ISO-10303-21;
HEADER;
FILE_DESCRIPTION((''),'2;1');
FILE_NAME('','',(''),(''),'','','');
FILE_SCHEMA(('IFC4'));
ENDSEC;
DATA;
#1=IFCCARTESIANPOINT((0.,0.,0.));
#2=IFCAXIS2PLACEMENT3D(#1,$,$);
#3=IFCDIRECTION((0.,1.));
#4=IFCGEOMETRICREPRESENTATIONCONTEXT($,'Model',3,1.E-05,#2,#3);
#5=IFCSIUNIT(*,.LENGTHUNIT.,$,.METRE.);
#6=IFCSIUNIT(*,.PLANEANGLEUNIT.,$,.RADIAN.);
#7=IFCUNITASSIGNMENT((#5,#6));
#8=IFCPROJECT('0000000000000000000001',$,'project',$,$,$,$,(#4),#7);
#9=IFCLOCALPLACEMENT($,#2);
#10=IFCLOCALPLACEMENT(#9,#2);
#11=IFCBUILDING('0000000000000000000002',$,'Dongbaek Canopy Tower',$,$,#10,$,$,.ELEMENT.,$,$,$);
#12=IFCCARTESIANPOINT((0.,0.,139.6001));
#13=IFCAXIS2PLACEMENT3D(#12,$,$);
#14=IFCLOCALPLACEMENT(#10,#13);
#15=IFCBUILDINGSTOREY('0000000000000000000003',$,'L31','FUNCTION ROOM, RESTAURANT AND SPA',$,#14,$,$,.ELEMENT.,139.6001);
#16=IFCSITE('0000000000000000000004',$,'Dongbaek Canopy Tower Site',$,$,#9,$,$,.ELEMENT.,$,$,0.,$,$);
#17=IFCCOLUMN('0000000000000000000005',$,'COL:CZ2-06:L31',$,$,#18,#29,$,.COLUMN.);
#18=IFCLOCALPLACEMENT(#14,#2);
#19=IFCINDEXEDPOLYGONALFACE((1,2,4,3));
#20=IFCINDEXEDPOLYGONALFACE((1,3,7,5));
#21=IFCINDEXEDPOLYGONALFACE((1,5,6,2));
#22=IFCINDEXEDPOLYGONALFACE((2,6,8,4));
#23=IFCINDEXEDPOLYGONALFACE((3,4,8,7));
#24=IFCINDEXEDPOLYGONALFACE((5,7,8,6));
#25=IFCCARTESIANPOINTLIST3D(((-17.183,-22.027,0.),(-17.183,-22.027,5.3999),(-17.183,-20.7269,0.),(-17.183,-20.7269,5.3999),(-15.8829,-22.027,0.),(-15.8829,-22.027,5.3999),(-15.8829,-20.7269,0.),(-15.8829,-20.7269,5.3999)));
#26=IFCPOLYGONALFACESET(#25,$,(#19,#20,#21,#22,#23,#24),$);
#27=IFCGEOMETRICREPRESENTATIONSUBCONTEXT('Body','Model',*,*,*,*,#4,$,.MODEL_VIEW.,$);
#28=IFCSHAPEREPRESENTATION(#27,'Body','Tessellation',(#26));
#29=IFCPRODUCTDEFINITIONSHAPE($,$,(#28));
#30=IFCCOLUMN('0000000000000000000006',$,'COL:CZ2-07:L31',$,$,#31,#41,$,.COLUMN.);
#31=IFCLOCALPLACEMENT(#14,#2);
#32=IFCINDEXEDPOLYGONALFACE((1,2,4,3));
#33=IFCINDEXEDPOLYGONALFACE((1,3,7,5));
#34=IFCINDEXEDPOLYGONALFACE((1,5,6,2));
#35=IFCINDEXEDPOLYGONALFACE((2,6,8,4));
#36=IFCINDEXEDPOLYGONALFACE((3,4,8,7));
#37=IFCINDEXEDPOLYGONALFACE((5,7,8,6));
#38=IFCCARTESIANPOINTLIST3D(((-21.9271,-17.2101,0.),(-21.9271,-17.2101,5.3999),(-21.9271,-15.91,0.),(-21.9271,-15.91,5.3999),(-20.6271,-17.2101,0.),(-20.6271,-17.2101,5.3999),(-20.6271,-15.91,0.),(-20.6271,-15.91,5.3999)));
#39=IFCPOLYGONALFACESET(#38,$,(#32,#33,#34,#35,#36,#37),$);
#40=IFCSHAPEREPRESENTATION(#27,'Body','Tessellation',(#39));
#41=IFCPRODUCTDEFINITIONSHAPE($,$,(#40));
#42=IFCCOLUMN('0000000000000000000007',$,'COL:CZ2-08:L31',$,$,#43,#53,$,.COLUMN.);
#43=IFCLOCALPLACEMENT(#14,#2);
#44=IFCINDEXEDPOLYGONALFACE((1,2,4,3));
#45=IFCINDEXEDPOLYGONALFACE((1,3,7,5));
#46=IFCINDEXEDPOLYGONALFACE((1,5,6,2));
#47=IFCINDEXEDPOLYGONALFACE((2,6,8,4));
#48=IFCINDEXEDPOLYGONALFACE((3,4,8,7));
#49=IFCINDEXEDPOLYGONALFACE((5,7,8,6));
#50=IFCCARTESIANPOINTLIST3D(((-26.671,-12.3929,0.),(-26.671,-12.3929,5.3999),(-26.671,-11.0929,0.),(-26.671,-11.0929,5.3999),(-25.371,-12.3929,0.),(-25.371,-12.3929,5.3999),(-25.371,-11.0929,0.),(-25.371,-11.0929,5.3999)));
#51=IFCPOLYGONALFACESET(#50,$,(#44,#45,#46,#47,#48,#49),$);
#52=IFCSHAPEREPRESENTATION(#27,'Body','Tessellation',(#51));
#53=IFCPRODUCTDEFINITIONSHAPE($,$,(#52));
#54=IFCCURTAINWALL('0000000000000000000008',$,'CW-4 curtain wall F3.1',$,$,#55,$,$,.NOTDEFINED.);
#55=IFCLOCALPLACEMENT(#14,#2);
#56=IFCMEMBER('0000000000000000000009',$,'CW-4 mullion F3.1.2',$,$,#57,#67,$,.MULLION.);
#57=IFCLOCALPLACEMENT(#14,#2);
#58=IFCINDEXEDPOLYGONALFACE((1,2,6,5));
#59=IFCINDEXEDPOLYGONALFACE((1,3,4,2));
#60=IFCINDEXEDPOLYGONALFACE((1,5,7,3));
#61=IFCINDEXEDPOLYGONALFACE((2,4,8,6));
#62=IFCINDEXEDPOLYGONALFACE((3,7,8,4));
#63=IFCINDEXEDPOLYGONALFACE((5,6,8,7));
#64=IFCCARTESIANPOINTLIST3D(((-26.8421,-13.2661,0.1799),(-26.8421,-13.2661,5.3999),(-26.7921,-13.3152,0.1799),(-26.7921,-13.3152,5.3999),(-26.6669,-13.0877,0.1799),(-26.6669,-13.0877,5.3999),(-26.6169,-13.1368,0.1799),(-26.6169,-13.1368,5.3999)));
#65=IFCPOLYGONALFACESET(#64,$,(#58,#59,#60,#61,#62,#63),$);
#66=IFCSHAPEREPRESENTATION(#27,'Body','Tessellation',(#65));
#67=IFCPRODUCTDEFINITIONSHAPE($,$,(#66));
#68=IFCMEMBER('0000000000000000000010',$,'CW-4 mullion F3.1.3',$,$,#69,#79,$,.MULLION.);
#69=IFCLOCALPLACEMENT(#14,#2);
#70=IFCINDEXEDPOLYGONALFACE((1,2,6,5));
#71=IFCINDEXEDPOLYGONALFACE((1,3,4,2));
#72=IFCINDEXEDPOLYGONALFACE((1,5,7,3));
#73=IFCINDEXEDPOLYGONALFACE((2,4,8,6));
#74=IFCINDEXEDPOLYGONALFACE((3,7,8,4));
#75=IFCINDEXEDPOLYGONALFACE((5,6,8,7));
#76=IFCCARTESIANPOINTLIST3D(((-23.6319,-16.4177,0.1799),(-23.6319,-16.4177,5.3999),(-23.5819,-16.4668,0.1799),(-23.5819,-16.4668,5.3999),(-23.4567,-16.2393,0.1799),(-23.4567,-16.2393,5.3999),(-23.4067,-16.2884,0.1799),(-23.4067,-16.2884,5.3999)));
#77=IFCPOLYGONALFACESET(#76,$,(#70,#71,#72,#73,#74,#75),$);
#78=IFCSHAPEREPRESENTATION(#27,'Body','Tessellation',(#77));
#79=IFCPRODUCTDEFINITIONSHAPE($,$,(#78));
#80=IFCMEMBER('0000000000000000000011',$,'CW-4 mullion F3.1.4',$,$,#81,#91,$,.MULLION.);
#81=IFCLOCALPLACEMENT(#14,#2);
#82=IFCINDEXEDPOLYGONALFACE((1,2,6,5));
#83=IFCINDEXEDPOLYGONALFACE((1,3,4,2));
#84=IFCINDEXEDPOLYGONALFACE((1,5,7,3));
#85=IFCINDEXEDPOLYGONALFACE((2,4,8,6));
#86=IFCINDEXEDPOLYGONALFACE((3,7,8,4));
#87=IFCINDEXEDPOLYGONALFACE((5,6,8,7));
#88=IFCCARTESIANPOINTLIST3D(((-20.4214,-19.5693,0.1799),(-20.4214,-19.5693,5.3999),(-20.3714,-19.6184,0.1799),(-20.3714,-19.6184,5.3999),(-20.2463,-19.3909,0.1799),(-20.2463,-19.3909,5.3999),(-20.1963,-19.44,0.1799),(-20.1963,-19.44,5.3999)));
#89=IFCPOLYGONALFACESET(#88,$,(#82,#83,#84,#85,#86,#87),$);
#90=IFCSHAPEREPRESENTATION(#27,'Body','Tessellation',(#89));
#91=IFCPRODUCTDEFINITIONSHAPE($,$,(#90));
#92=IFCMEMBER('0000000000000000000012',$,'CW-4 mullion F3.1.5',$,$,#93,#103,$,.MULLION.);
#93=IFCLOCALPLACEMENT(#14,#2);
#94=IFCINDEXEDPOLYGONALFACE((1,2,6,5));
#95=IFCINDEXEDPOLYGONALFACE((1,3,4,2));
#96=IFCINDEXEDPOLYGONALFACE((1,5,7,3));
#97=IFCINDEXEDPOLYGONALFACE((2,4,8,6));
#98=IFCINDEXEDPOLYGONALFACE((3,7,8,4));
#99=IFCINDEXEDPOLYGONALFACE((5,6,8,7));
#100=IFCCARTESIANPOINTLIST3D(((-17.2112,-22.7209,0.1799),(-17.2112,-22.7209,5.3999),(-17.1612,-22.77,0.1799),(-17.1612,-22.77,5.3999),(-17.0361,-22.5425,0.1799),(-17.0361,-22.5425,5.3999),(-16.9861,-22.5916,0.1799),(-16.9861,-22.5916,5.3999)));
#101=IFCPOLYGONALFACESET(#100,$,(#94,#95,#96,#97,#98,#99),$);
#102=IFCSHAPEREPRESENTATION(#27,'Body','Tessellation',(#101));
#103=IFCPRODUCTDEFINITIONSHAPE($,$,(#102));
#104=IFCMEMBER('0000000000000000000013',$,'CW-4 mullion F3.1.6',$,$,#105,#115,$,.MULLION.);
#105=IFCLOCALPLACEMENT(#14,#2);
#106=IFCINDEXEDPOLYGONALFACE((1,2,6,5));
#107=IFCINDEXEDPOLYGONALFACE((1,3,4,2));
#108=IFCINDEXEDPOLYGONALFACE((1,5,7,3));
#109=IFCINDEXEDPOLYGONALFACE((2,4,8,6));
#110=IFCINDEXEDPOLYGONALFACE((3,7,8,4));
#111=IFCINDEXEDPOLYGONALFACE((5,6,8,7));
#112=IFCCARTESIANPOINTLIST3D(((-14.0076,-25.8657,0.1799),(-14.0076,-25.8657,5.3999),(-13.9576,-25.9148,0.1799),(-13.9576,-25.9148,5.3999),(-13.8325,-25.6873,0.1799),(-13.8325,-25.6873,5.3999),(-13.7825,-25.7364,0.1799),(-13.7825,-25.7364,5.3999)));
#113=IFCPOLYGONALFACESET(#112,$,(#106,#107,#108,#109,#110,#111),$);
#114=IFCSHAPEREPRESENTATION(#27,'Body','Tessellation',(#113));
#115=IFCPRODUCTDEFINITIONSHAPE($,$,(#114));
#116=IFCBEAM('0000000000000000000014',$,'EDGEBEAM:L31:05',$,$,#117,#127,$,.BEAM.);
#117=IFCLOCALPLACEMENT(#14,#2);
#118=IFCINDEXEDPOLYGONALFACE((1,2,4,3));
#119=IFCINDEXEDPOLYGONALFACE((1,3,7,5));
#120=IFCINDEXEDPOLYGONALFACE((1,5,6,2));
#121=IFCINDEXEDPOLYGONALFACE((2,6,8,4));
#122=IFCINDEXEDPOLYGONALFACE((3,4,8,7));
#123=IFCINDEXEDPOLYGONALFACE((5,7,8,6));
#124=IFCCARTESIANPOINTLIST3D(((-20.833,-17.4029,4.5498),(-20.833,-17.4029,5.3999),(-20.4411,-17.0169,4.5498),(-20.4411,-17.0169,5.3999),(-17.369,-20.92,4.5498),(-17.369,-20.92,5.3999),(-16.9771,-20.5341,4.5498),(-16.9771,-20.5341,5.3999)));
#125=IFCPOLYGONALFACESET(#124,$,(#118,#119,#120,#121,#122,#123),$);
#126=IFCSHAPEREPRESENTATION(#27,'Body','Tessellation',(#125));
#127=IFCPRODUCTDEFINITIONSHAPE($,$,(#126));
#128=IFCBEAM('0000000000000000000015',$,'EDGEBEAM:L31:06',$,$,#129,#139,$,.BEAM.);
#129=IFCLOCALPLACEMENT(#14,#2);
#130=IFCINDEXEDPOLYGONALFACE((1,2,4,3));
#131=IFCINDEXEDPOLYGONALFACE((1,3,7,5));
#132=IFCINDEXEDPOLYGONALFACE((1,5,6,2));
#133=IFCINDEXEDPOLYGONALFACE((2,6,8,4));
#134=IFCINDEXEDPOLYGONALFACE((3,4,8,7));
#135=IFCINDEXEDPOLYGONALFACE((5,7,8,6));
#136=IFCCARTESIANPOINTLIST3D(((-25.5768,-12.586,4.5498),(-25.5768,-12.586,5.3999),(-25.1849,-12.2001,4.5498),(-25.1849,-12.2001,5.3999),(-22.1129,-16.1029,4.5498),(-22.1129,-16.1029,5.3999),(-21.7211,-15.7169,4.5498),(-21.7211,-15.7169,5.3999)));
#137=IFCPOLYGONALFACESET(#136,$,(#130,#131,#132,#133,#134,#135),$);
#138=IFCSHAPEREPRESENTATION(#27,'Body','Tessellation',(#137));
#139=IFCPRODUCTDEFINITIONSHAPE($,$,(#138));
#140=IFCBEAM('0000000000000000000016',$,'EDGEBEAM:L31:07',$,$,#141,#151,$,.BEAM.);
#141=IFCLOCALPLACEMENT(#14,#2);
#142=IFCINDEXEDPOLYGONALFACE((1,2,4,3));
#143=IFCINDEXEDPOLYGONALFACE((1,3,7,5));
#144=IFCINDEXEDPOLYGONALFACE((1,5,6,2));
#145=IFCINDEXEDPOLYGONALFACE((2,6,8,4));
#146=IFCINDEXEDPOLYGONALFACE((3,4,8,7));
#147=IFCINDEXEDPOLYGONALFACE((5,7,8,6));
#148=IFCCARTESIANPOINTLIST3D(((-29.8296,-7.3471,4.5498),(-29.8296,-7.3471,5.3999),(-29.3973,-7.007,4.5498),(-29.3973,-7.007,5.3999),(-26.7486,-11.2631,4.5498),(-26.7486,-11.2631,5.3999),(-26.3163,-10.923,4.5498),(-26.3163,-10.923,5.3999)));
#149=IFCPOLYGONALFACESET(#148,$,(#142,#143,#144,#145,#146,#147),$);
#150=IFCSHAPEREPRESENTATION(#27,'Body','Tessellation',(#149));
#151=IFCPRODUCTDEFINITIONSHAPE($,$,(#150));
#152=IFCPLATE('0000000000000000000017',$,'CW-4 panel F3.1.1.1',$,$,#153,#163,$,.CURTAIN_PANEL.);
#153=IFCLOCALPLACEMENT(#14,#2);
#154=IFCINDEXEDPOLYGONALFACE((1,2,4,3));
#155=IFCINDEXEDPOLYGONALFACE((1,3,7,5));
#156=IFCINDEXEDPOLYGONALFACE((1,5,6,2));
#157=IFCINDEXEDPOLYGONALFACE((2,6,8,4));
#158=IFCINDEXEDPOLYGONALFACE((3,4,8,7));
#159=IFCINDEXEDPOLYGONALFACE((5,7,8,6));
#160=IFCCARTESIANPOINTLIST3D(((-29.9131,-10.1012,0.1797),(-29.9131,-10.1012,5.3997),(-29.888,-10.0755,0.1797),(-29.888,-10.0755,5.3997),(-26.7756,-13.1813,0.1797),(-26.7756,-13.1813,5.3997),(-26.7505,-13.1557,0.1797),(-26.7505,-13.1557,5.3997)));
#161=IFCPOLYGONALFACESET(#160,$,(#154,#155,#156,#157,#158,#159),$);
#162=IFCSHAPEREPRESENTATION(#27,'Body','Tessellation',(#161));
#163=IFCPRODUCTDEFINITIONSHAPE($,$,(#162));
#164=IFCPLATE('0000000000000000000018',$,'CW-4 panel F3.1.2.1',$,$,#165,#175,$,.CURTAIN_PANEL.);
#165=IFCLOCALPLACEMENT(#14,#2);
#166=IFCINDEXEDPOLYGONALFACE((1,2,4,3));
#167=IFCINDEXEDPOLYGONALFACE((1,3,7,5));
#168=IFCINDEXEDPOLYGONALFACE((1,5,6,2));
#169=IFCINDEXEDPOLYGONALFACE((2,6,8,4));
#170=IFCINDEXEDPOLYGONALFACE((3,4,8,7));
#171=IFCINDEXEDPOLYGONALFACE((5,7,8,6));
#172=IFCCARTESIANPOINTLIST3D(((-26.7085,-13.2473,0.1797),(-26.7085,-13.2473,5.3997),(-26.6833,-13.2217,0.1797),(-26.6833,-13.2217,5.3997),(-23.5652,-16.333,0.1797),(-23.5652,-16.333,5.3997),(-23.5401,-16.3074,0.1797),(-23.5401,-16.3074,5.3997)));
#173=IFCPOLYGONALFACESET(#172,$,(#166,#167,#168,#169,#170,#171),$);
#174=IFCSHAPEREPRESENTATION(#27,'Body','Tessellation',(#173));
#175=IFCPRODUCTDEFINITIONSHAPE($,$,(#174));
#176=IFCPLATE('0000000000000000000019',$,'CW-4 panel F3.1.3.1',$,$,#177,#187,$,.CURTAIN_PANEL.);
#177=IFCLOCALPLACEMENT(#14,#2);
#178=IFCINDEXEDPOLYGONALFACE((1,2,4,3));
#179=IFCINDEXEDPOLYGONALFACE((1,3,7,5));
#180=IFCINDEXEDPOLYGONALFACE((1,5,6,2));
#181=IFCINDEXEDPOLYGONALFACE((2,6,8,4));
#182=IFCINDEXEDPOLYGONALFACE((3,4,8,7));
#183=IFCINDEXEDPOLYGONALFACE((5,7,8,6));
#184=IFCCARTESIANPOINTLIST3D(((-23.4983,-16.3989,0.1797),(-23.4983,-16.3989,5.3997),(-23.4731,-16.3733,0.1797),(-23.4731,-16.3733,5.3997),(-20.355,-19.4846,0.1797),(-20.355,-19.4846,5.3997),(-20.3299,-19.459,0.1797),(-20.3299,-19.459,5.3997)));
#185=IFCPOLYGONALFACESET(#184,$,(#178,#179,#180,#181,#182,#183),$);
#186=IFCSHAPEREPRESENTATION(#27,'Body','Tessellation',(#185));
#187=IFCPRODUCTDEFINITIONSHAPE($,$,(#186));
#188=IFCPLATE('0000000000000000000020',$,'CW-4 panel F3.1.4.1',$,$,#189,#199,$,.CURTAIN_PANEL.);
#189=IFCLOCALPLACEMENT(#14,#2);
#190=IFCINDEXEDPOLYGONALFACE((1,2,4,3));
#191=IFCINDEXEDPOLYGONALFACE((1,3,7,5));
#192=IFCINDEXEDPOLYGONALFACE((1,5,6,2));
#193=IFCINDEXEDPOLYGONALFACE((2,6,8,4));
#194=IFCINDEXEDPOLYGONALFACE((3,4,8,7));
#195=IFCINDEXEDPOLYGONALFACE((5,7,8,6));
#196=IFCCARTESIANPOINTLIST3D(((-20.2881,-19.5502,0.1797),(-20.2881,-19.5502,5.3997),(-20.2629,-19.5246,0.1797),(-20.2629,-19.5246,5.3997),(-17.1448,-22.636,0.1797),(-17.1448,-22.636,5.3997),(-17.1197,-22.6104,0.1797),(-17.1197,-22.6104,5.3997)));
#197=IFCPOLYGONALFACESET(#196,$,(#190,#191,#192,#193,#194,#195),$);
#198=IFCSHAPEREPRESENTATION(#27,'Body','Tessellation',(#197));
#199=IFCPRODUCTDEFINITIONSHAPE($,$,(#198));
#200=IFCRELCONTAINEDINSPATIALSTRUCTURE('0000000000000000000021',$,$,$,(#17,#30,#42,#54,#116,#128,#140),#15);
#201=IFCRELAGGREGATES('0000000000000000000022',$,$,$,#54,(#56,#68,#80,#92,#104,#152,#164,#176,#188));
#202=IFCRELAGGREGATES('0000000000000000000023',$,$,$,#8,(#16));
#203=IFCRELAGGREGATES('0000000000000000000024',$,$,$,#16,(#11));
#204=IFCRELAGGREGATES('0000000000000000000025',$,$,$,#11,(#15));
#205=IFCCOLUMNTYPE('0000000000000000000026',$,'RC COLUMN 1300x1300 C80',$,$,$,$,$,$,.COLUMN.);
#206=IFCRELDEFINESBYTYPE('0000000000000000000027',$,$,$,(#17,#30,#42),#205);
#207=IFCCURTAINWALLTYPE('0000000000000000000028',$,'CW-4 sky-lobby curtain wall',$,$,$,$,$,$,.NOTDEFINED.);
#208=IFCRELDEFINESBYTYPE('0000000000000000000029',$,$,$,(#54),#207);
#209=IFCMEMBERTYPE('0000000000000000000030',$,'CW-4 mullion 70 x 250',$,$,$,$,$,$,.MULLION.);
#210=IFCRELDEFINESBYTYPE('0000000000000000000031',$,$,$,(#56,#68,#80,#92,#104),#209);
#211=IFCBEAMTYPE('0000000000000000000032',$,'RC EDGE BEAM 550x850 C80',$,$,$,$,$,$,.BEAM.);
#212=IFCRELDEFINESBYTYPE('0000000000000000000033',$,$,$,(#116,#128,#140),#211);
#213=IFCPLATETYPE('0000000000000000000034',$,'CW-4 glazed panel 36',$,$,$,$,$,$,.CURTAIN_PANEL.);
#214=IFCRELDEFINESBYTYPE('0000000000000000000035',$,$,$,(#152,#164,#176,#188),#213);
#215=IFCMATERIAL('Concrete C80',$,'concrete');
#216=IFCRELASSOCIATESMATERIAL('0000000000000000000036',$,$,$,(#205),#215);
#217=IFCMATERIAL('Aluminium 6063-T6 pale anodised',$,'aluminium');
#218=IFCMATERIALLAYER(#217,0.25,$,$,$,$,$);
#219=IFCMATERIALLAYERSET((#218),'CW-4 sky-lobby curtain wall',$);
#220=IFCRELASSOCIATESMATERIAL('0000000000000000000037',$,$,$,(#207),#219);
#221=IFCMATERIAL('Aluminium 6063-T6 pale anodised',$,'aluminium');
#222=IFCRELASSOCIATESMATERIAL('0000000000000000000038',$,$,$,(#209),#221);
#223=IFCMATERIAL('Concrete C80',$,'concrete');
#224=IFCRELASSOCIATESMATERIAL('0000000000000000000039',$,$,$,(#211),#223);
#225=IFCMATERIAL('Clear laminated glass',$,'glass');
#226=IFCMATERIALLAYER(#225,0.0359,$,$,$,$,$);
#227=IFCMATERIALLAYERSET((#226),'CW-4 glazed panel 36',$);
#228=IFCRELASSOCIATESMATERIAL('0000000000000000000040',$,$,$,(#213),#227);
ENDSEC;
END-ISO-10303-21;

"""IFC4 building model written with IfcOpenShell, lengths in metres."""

from ifc_helpers import new_model, si_unit, direction, frame, origin, origin_2d, place, context, subcontext, project, spatial, rectangle, extrude, material, layer, layer_set, material_profile, profile_set, type_object, element, aggregate, save


model = new_model("IFC4")

# Units and contexts
model_context = context("Model", 3, precision=1e-05, world=origin(), true_north=direction((0.0, 1.0)))
body_context = subcontext(model_context, "Body", "Model", "MODEL_VIEW")
ifc_project = project(units=[si_unit("LENGTHUNIT", "METRE"), si_unit("PLANEANGLEUNIT", "RADIAN")], contexts=[model_context])

# Site, building, storey
site_placement = place(None, origin())
site = spatial("IfcSite", under=ifc_project, at=site_placement, Name="Dongbaek Canopy Tower Site", CompositionType="ELEMENT", RefElevation=0.0)
building_placement = place(site_placement, origin())
building = spatial("IfcBuilding", under=site, at=building_placement, Name="Dongbaek Canopy Tower", CompositionType="ELEMENT")
storey_placement = place(building_placement, frame((0.0, 0.0, 139.6001)))
storey = spatial("IfcBuildingStorey", under=building, at=storey_placement, Name="L31", Description="FUNCTION ROOM, RESTAURANT AND SPA", CompositionType="ELEMENT", Elevation=139.6001)

# Columns
ifc_material_1 = material(Name="Concrete C80", Category="concrete")
ifc_material_profile_1 = material_profile(ifc_material_1, rectangle(XDim=1.3, YDim=1.3, at=origin_2d()), Name="RC COLUMN 1300x1300 C80")
ifc_profile_set_1 = profile_set([ifc_material_profile_1], Name="Concrete C80")
column_type = type_object("IfcColumnType", Name="RC COLUMN 1300x1300 C80", PredefinedType="COLUMN", material=ifc_profile_set_1)
for number, where, z_axis, x_axis, name in (
    (1, (-16.533, -21.377, 0.0), (0.0, 0.0, 1.0), (1.0, 0.0, 0.0), "COL:CZ2-06:L31"),
    (2, (-21.2771, -16.5601, 0.0), (0.0, 0.0, 1.0), (1.0, 0.0, 0.0), "COL:CZ2-07:L31"),
    (3, (-26.021, -11.7429, 0.0), (0.0, 0.0, 1.0), (1.0, 0.0, 0.0), "COL:CZ2-08:L31"),
):
    element("IfcColumn", number, at=place(storey_placement, frame(where, z_axis=z_axis, x_axis=x_axis)), inside=storey, type_object=column_type, Name=name, PredefinedType="COLUMN", context=body_context, shape_type="SweptSolid", body=[
        extrude(rectangle(XDim=1.3, YDim=1.3, at=origin_2d()), origin(), (0.0, 0.0, 1.0), 5.3999),
    ])

# Curtain wall, members
ifc_material_2 = material(Name="Aluminium 6063-T6 pale anodised", Category="aluminium")
ifc_layer_1 = layer(ifc_material_2, 0.25)
ifc_layer_set_1 = layer_set([ifc_layer_1], Name="CW-4 sky-lobby curtain wall")
curtain_wall_type = type_object("IfcCurtainWallType", Name="CW-4 sky-lobby curtain wall", PredefinedType="NOTDEFINED", material=ifc_layer_set_1)
curtain_wall_1_placement = place(storey_placement, origin())
curtain_wall_1 = element("IfcCurtainWall", 4, at=curtain_wall_1_placement, inside=storey, type_object=curtain_wall_type, Name="CW-4 curtain wall F3.1", PredefinedType="NOTDEFINED")
ifc_material_3 = material(Name="Aluminium 6063-T6 pale anodised", Category="aluminium")
ifc_material_profile_2 = material_profile(ifc_material_3, rectangle(XDim=0.25, YDim=0.0701, at=origin_2d()), Name="CW-4 mullion 70 x 250")
ifc_profile_set_2 = profile_set([ifc_material_profile_2], Name="Aluminium 6063-T6 pale anodised")
member_type = type_object("IfcMemberType", Name="CW-4 mullion 70 x 250", PredefinedType="MULLION", material=ifc_profile_set_2)
member_1_placement = place(storey_placement, frame((-26.7295, -13.2014, 0.1799), z_axis=(0.0, 0.0, 1.0), x_axis=(-0.70055, -0.713603, 0.0)))
member_1 = element("IfcMember", 5, at=member_1_placement, type_object=member_type, Name="CW-4 mullion F3.1.2", PredefinedType="MULLION", context=body_context, shape_type="SweptSolid", body=[
    extrude(rectangle(XDim=0.25, YDim=0.0701, at=origin_2d()), origin(), (0.0, 0.0, 1.0), 5.22),
])
member_2_placement = place(storey_placement, frame((-23.5193, -16.353, 0.1799), z_axis=(0.0, 0.0, 1.0), x_axis=(-0.70055, -0.713603, 0.0)))
member_2 = element("IfcMember", 6, at=member_2_placement, type_object=member_type, Name="CW-4 mullion F3.1.3", PredefinedType="MULLION", context=body_context, shape_type="SweptSolid", body=[
    extrude(rectangle(XDim=0.25, YDim=0.0701, at=origin_2d()), origin(), (0.0, 0.0, 1.0), 5.22),
])
member_3_placement = place(storey_placement, frame((-20.3088, -19.5046, 0.1799), z_axis=(0.0, 0.0, 1.0), x_axis=(-0.70055, -0.713603, 0.0)))
member_3 = element("IfcMember", 7, at=member_3_placement, type_object=member_type, Name="CW-4 mullion F3.1.4", PredefinedType="MULLION", context=body_context, shape_type="SweptSolid", body=[
    extrude(rectangle(XDim=0.25, YDim=0.0701, at=origin_2d()), origin(), (0.0, 0.0, 1.0), 5.22),
])
member_4_placement = place(storey_placement, frame((-17.0986, -22.6562, 0.1799), z_axis=(0.0, 0.0, 1.0), x_axis=(-0.70055, -0.713603, 0.0)))
member_4 = element("IfcMember", 8, at=member_4_placement, type_object=member_type, Name="CW-4 mullion F3.1.5", PredefinedType="MULLION", context=body_context, shape_type="SweptSolid", body=[
    extrude(rectangle(XDim=0.25, YDim=0.0701, at=origin_2d()), origin(), (0.0, 0.0, 1.0), 5.22),
])
member_5_placement = place(storey_placement, frame((-13.895, -25.801, 0.1799), z_axis=(0.0, 0.0, 1.0), x_axis=(-0.70055, -0.713603, 0.0)))
member_5 = element("IfcMember", 9, at=member_5_placement, type_object=member_type, Name="CW-4 mullion F3.1.6", PredefinedType="MULLION", context=body_context, shape_type="SweptSolid", body=[
    extrude(rectangle(XDim=0.25, YDim=0.0701, at=origin_2d()), origin(), (0.0, 0.0, 1.0), 5.22),
])

# Beams
ifc_material_4 = material(Name="Concrete C80", Category="concrete")
ifc_material_profile_3 = material_profile(ifc_material_4, rectangle(XDim=0.55, YDim=0.8501, at=origin_2d()), Name="RC EDGE BEAM 550x850 C80")
ifc_profile_set_3 = profile_set([ifc_material_profile_3], Name="Concrete C80")
beam_type = type_object("IfcBeamType", Name="RC EDGE BEAM 550x850 C80", PredefinedType="BEAM", material=ifc_profile_set_3)
beam_1_placement = place(storey_placement, frame((-17.1731, -20.7271, 4.9749), z_axis=(-0.701695, 0.712477, 0.0), x_axis=(-0.712477, -0.701695, 0.0)))
element("IfcBeam", 10, at=beam_1_placement, inside=storey, type_object=beam_type, Name="EDGEBEAM:L31:05", PredefinedType="BEAM", context=body_context, shape_type="SweptSolid", body=[
    extrude(rectangle(XDim=0.55, YDim=0.8501, at=origin_2d()), origin(), (0.0, 0.0, 1.0), 4.9365),
])
beam_2_placement = place(storey_placement, frame((-21.917, -15.9099, 4.9749), z_axis=(-0.70172, 0.712453, 0.0), x_axis=(-0.712453, -0.70172, 0.0)))
element("IfcBeam", 11, at=beam_2_placement, inside=storey, type_object=beam_type, Name="EDGEBEAM:L31:06", PredefinedType="BEAM", context=body_context, shape_type="SweptSolid", body=[
    extrude(rectangle(XDim=0.55, YDim=0.8501, at=origin_2d()), origin(), (0.0, 0.0, 1.0), 4.9363),
])
beam_3_placement = place(storey_placement, frame((-26.5325, -11.093, 4.9749), z_axis=(-0.618341, 0.78591, 0.0), x_axis=(-0.78591, -0.618341, 0.0)))
element("IfcBeam", 12, at=beam_3_placement, inside=storey, type_object=beam_type, Name="EDGEBEAM:L31:07", PredefinedType="BEAM", context=body_context, shape_type="SweptSolid", body=[
    extrude(rectangle(XDim=0.55, YDim=0.8501, at=origin_2d()), origin(), (0.0, 0.0, 1.0), 4.9827),
])

# Plates
ifc_material_5 = material(Name="Clear laminated glass", Category="glass")
ifc_layer_2 = layer(ifc_material_5, 0.0359)
ifc_layer_set_2 = layer_set([ifc_layer_2], Name="CW-4 glazed panel 36")
plate_type = type_object("IfcPlateType", Name="CW-4 glazed panel 36", PredefinedType="CURTAIN_PANEL", material=ifc_layer_set_2)
plate_1_placement = place(storey_placement, frame((-28.3318, -11.6284, 0.1797), z_axis=(0.0, 0.0, 1.0), x_axis=(0.713603, -0.70055, 0.0)))
plate_1 = element("IfcPlate", 13, at=plate_1_placement, type_object=plate_type, Name="CW-4 panel F3.1.1.1", PredefinedType="CURTAIN_PANEL", context=body_context, shape_type="SweptSolid", body=[
    extrude(rectangle(XDim=4.3967, YDim=0.0359, at=origin_2d()), origin(), (0.0, 0.0, 1.0), 5.22),
])
plate_2_placement = place(storey_placement, frame((-25.1243, -14.7773, 0.1797), z_axis=(0.0, 0.0, 1.0), x_axis=(0.713603, -0.70055, 0.0)))
plate_2 = element("IfcPlate", 14, at=plate_2_placement, type_object=plate_type, Name="CW-4 panel F3.1.2.1", PredefinedType="CURTAIN_PANEL", context=body_context, shape_type="SweptSolid", body=[
    extrude(rectangle(XDim=4.4048, YDim=0.0359, at=origin_2d()), origin(), (0.0, 0.0, 1.0), 5.22),
])
plate_3_placement = place(storey_placement, frame((-21.9141, -17.929, 0.1797), z_axis=(0.0, 0.0, 1.0), x_axis=(0.713603, -0.70055, 0.0)))
plate_3 = element("IfcPlate", 15, at=plate_3_placement, type_object=plate_type, Name="CW-4 panel F3.1.3.1", PredefinedType="CURTAIN_PANEL", context=body_context, shape_type="SweptSolid", body=[
    extrude(rectangle(XDim=4.4048, YDim=0.0359, at=origin_2d()), origin(), (0.0, 0.0, 1.0), 5.22),
])
plate_4_placement = place(storey_placement, frame((-18.7039, -21.0803, 0.1797), z_axis=(0.0, 0.0, 1.0), x_axis=(0.713603, -0.70055, 0.0)))
plate_4 = element("IfcPlate", 16, at=plate_4_placement, type_object=plate_type, Name="CW-4 panel F3.1.4.1", PredefinedType="CURTAIN_PANEL", context=body_context, shape_type="SweptSolid", body=[
    extrude(rectangle(XDim=4.4048, YDim=0.0359, at=origin_2d()), origin(), (0.0, 0.0, 1.0), 5.22),
])
aggregate(curtain_wall_1, [member_1, member_2, member_3, member_4, member_5, plate_1, plate_2, plate_3, plate_4])

save(model, "model.ifc")
